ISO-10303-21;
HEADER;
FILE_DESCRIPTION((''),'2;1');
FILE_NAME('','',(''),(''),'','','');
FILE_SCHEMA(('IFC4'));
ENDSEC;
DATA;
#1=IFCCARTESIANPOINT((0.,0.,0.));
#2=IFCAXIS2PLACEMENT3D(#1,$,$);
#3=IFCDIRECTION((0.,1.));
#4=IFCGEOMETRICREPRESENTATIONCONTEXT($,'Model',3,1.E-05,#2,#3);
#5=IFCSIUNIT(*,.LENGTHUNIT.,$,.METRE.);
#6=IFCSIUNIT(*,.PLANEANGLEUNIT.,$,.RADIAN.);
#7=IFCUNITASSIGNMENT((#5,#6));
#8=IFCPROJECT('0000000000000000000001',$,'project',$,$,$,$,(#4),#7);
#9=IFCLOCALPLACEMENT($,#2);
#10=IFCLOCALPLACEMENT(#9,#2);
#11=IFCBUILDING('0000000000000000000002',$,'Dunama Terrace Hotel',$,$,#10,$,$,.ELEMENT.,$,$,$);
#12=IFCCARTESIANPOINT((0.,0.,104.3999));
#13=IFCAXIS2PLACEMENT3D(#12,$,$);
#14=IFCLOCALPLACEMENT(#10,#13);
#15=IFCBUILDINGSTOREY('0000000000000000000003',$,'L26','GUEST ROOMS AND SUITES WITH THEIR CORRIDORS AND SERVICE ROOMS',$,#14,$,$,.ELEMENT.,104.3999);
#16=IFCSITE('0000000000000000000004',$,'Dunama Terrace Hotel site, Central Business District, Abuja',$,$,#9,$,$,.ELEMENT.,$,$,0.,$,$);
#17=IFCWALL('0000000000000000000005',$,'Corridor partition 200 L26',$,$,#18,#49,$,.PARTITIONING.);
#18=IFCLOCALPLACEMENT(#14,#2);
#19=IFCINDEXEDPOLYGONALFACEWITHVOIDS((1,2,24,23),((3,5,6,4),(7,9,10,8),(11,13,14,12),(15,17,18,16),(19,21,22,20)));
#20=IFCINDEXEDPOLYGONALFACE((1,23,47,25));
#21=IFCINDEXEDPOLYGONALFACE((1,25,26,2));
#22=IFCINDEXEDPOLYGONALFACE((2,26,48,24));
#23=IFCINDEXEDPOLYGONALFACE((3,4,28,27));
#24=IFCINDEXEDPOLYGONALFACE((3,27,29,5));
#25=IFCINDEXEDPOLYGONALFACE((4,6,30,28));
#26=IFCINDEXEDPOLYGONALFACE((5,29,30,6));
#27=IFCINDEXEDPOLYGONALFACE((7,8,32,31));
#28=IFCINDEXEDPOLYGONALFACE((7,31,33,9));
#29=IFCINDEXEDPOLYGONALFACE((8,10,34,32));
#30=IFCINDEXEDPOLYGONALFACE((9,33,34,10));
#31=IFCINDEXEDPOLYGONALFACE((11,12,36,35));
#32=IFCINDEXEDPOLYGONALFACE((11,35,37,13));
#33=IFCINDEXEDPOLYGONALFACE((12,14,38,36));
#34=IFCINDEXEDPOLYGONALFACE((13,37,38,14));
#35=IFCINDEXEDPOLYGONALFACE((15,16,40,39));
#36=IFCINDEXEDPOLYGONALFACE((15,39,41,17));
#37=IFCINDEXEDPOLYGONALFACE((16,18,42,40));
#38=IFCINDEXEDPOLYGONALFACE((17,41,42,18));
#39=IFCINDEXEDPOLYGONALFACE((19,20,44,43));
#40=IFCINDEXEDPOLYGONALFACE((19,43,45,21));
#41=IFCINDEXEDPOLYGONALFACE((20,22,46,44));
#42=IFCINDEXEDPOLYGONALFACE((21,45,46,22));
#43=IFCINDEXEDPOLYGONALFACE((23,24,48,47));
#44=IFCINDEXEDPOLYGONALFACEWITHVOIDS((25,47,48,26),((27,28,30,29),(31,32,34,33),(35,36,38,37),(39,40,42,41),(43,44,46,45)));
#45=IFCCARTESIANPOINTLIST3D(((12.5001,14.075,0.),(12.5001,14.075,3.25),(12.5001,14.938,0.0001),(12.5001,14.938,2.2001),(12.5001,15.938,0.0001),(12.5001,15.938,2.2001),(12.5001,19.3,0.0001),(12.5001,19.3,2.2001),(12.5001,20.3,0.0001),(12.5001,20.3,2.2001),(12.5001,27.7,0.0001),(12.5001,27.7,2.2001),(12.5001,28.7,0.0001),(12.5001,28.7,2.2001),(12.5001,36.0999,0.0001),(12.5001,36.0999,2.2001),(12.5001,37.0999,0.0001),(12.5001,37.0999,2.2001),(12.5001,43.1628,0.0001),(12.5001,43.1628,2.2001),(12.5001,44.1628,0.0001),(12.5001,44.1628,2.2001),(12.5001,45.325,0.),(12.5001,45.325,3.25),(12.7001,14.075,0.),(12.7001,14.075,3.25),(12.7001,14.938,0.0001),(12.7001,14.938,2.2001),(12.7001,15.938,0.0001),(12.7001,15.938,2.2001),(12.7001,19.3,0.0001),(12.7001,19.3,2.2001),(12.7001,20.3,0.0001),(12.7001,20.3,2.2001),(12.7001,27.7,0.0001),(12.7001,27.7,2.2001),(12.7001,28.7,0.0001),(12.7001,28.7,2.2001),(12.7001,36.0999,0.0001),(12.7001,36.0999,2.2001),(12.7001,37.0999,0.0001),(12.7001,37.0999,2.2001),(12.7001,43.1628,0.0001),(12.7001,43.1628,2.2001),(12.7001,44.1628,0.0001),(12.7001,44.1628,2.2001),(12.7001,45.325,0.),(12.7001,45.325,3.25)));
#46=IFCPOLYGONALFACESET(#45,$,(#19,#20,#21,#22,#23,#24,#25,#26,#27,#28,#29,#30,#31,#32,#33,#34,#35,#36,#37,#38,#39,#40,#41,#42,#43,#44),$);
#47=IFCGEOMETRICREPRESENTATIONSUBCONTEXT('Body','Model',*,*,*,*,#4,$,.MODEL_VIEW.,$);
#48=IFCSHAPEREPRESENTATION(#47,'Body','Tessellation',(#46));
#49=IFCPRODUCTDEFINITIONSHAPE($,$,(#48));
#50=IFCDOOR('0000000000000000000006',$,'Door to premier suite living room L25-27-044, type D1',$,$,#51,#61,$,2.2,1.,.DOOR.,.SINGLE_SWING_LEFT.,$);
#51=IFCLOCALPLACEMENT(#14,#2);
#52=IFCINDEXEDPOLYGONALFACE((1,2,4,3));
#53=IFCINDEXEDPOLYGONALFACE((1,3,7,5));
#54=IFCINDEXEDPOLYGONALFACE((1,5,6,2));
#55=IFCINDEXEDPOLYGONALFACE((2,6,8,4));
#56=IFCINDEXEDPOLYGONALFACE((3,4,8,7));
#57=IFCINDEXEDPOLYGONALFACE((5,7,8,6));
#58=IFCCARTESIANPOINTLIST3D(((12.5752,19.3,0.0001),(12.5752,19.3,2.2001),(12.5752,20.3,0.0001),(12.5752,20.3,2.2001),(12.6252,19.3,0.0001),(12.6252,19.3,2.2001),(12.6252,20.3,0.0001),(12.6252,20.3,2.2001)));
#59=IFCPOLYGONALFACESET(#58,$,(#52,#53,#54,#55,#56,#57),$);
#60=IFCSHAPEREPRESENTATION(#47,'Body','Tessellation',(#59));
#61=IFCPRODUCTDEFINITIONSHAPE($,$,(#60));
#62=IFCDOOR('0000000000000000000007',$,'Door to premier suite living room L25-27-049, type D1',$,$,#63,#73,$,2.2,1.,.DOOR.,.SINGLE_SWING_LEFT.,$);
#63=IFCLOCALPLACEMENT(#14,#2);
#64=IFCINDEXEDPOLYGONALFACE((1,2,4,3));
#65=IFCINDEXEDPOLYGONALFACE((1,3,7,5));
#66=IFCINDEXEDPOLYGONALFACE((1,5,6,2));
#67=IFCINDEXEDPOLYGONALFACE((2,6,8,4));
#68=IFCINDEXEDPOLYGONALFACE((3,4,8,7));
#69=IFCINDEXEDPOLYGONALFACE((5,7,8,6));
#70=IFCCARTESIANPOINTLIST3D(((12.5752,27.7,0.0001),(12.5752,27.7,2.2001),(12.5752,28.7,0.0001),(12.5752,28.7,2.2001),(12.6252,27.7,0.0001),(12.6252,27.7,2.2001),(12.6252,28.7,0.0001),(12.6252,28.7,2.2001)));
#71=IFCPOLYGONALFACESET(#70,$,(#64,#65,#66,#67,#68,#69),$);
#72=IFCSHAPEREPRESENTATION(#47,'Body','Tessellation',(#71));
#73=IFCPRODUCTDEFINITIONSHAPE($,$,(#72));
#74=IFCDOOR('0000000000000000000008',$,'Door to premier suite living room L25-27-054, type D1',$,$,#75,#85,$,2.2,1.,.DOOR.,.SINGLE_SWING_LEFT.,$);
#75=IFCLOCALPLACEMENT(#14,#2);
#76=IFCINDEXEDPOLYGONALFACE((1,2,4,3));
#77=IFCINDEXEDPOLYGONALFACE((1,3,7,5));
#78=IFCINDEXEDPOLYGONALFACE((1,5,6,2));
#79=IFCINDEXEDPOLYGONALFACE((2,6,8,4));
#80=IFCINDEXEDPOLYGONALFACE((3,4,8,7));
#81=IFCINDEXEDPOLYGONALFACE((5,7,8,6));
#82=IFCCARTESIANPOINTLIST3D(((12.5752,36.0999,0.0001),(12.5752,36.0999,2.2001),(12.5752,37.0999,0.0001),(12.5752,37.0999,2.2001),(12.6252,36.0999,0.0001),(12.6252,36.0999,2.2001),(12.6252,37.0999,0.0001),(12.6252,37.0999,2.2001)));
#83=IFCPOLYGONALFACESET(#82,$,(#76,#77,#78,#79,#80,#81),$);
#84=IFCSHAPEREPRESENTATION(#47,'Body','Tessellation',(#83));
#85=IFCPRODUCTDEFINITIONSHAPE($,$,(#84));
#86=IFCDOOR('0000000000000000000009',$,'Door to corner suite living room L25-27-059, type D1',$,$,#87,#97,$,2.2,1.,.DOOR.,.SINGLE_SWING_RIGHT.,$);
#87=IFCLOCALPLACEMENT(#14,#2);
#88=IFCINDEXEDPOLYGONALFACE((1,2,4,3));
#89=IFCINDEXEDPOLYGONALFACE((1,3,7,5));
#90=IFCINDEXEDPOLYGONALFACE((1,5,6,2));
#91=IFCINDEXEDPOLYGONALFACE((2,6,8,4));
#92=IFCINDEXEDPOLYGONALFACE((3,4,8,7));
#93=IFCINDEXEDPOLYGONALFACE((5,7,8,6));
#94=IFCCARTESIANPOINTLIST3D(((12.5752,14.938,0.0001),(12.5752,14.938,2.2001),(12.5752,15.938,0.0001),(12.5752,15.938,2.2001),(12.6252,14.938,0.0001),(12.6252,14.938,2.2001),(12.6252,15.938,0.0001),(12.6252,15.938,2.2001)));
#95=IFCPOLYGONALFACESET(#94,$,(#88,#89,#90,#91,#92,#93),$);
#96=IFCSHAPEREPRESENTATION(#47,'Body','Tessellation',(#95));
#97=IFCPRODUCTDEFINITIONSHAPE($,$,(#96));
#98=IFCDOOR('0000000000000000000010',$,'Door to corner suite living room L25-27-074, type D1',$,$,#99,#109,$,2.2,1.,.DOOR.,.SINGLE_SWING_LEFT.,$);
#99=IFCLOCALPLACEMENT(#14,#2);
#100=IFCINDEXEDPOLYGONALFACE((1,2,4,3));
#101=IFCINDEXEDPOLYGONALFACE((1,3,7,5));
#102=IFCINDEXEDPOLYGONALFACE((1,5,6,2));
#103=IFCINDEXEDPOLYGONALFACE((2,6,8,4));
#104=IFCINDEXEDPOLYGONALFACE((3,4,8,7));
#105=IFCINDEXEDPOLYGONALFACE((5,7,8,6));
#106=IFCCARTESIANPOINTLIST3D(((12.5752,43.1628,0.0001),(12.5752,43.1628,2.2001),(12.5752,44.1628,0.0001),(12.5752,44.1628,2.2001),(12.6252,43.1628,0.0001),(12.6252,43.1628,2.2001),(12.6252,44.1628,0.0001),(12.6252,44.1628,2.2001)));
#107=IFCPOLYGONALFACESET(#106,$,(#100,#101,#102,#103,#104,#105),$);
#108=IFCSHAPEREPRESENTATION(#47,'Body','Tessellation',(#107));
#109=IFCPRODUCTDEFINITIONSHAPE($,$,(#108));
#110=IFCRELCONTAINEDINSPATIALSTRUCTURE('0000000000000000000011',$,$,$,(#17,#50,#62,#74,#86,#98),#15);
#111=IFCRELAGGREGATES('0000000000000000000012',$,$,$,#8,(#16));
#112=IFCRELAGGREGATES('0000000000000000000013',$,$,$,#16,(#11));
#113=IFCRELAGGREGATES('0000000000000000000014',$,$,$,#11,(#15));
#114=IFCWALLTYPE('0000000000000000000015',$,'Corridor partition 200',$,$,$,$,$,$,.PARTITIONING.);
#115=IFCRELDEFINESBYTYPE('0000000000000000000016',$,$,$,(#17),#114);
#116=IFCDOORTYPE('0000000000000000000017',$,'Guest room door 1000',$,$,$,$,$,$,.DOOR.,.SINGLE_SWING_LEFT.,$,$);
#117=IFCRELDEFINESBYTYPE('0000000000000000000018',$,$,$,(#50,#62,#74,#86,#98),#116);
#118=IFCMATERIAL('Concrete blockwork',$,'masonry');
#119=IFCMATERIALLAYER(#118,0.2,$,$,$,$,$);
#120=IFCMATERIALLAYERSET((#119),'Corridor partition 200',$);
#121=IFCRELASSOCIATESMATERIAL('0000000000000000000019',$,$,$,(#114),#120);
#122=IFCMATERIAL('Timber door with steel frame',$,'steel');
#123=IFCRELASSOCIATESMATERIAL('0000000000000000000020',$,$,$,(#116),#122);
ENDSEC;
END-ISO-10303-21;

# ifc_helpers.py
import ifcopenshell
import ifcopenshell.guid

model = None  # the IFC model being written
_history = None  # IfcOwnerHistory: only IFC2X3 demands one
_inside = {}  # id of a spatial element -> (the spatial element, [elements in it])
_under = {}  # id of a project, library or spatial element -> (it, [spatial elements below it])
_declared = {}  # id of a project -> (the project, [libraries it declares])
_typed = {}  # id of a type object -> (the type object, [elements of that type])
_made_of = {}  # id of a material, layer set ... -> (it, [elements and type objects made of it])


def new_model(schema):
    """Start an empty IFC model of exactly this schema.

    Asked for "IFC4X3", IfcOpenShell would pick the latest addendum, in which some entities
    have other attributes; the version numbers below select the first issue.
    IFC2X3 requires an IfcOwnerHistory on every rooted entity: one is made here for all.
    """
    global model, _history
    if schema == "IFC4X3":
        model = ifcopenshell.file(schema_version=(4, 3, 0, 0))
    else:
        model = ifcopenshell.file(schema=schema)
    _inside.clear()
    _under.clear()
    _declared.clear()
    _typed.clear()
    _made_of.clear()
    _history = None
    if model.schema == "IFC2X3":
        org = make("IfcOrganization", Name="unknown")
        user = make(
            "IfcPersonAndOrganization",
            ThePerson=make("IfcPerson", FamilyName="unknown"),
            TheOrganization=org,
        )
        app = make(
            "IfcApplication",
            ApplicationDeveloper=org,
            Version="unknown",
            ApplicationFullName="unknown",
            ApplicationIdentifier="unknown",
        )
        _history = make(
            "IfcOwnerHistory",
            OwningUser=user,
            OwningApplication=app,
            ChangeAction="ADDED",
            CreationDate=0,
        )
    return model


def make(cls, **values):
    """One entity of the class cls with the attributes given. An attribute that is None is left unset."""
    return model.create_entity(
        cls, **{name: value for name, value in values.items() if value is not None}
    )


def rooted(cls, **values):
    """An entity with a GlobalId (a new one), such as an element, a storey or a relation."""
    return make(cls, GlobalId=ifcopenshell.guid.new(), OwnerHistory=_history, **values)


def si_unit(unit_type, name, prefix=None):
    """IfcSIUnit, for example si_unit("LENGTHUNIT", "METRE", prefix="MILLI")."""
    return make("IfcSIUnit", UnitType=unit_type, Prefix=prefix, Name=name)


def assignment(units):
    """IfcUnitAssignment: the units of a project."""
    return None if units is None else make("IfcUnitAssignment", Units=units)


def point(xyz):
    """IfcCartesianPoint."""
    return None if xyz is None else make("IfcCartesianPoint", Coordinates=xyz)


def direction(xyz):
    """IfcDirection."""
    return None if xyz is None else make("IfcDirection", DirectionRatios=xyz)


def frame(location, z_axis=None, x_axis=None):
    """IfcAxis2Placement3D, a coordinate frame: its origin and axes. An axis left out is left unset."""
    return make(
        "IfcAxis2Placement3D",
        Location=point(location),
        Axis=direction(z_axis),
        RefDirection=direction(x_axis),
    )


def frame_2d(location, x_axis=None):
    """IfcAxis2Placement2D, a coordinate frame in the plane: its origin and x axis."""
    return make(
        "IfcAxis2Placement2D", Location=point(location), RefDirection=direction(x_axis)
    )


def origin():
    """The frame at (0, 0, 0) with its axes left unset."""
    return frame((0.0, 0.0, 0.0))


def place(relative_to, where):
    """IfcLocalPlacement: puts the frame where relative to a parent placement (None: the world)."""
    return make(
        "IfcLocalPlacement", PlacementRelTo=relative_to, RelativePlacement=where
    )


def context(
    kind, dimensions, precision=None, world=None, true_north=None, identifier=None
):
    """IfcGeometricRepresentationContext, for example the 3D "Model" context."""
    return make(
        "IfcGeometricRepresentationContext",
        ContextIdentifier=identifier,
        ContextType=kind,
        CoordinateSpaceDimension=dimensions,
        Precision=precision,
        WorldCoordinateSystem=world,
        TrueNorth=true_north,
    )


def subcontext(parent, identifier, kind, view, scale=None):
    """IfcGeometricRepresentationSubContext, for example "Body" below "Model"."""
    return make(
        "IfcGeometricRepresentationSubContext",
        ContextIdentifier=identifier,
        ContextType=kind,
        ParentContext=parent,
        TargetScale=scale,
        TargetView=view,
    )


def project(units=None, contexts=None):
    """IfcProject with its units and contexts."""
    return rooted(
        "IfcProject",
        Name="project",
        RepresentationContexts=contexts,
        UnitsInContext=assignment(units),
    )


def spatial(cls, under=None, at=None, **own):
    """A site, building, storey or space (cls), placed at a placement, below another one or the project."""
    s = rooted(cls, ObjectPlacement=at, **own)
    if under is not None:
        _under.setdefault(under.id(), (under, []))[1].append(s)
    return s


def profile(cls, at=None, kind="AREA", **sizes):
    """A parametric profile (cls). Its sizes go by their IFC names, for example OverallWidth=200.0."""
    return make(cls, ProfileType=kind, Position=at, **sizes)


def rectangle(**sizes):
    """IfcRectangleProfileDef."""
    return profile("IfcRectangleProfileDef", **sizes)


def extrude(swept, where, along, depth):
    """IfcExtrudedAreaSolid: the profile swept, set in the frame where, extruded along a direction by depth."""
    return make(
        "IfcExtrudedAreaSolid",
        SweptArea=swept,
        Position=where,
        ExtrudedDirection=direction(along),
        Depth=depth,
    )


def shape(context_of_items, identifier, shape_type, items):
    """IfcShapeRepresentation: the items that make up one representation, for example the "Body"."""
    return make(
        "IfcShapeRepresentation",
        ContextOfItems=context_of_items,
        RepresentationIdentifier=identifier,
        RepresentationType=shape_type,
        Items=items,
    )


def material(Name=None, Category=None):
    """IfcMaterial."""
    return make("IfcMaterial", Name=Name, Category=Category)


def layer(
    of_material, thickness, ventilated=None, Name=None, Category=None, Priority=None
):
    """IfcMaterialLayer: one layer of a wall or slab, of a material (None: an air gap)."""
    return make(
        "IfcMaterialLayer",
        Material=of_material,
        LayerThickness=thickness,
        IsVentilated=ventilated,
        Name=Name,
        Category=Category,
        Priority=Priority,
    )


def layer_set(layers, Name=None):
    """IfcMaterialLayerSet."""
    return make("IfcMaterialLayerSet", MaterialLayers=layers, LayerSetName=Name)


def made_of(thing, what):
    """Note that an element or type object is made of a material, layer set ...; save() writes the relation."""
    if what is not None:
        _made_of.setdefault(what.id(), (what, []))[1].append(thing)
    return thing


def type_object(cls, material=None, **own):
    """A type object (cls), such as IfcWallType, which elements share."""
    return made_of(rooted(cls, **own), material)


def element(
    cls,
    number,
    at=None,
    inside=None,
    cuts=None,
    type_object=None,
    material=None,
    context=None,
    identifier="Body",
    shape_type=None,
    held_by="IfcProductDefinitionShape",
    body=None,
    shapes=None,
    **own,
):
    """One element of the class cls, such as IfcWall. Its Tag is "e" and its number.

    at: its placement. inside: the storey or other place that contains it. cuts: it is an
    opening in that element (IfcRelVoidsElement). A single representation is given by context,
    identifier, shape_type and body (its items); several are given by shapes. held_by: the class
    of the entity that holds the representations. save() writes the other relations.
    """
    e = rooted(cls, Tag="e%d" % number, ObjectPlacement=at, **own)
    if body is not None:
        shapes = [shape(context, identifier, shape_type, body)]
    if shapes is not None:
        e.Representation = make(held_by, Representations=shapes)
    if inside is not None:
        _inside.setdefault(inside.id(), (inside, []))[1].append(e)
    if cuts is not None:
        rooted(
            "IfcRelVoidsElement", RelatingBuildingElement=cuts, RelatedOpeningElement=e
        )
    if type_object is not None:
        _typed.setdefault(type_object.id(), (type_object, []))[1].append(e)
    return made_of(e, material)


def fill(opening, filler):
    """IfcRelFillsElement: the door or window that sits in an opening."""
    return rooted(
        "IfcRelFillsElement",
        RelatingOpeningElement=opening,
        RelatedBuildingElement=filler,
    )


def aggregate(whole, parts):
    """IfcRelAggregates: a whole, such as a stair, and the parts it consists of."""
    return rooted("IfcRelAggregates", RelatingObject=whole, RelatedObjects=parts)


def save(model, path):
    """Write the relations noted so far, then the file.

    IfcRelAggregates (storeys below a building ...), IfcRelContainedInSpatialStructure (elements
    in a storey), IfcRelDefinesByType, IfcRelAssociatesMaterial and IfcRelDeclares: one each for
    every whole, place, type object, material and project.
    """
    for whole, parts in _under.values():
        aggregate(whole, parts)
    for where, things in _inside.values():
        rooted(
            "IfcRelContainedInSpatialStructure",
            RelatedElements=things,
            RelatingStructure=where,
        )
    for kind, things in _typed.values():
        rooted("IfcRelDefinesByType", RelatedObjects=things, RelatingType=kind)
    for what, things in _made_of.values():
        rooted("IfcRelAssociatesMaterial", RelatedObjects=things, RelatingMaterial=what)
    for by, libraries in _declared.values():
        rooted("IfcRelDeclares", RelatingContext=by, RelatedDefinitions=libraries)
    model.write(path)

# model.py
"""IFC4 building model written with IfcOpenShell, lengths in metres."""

from ifc_helpers import new_model, si_unit, direction, frame, frame_2d, origin, place, context, subcontext, project, spatial, rectangle, extrude, material, layer, layer_set, type_object, element, fill, save


model = new_model("IFC4")

# Units and contexts
model_context = context("Model", 3, precision=1e-05, world=origin(), true_north=direction((0.0, 1.0)))
body_context = subcontext(model_context, "Body", "Model", "MODEL_VIEW")
ifc_project = project(units=[si_unit("LENGTHUNIT", "METRE"), si_unit("PLANEANGLEUNIT", "RADIAN")], contexts=[model_context])

# Site, building, storey
site_placement = place(None, origin())
site = spatial("IfcSite", under=ifc_project, at=site_placement, Name="Dunama Terrace Hotel site, Central Business District, Abuja", CompositionType="ELEMENT", RefElevation=0.0)
building_placement = place(site_placement, origin())
building = spatial("IfcBuilding", under=site, at=building_placement, Name="Dunama Terrace Hotel", CompositionType="ELEMENT")
storey_placement = place(building_placement, frame((0.0, 0.0, 104.3999)))
storey = spatial("IfcBuildingStorey", under=building, at=storey_placement, Name="L26", Description="GUEST ROOMS AND SUITES WITH THEIR CORRIDORS AND SERVICE ROOMS", CompositionType="ELEMENT", Elevation=104.3999)

# Wall, openings, doors
ifc_material_1 = material(Name="Concrete blockwork", Category="masonry")
ifc_layer_1 = layer(ifc_material_1, 0.2)
ifc_layer_set_1 = layer_set([ifc_layer_1], Name="Corridor partition 200")
wall_type_1 = type_object("IfcWallType", Name="Corridor partition 200", PredefinedType="PARTITIONING", material=ifc_layer_set_1)
wall_1_placement = place(storey_placement, frame((12.6001, 14.075, 0.0), z_axis=(0.0, 0.0, 1.0), x_axis=(0.0, 1.0, 0.0)))
wall_1 = element("IfcWall", 1, at=wall_1_placement, inside=storey, type_object=wall_type_1, Name="Corridor partition 200 L26", PredefinedType="PARTITIONING", context=body_context, shape_type="SweptSolid", body=[
    extrude(rectangle(XDim=31.25, YDim=0.2, at=frame_2d((15.625, 0.0))), origin(), (0.0, 0.0, 1.0), 3.25),
])
opening_1_placement = place(wall_1_placement, frame((5.2251, 0.0, 0.0)))
opening_1 = element("IfcOpeningElement", 2, at=opening_1_placement, cuts=wall_1, PredefinedType="OPENING", context=body_context, shape_type="SweptSolid", body=[
    extrude(rectangle(XDim=1.0, YDim=2.2, at=frame_2d((0.5, 1.1001))), frame((0.0, 0.1099, 0.0), z_axis=(0.0, -1.0, 0.0), x_axis=(1.0, 0.0, 0.0)), (0.0, 0.0, 1.0), 0.22),
])
opening_2_placement = place(wall_1_placement, frame((13.625, 0.0, 0.0)))
opening_2 = element("IfcOpeningElement", 3, at=opening_2_placement, cuts=wall_1, PredefinedType="OPENING", context=body_context, shape_type="SweptSolid", body=[
    extrude(rectangle(XDim=1.0, YDim=2.2, at=frame_2d((0.5, 1.1001))), frame((0.0, 0.1099, 0.0), z_axis=(0.0, -1.0, 0.0), x_axis=(1.0, 0.0, 0.0)), (0.0, 0.0, 1.0), 0.22),
])
opening_3_placement = place(wall_1_placement, frame((22.0249, 0.0, 0.0)))
opening_3 = element("IfcOpeningElement", 4, at=opening_3_placement, cuts=wall_1, PredefinedType="OPENING", context=body_context, shape_type="SweptSolid", body=[
    extrude(rectangle(XDim=1.0, YDim=2.2, at=frame_2d((0.5, 1.1001))), frame((0.0, 0.1099, 0.0), z_axis=(0.0, -1.0, 0.0), x_axis=(1.0, 0.0, 0.0)), (0.0, 0.0, 1.0), 0.22),
])
opening_4_placement = place(wall_1_placement, frame((0.863, 0.0, 0.0)))
opening_4 = element("IfcOpeningElement", 5, at=opening_4_placement, cuts=wall_1, PredefinedType="OPENING", context=body_context, shape_type="SweptSolid", body=[
    extrude(rectangle(XDim=1.0, YDim=2.2, at=frame_2d((0.5, 1.1001))), frame((0.0, 0.1099, 0.0), z_axis=(0.0, -1.0, 0.0), x_axis=(1.0, 0.0, 0.0)), (0.0, 0.0, 1.0), 0.22),
])
opening_5_placement = place(wall_1_placement, frame((29.0879, 0.0, 0.0)))
opening_5 = element("IfcOpeningElement", 6, at=opening_5_placement, cuts=wall_1, PredefinedType="OPENING", context=body_context, shape_type="SweptSolid", body=[
    extrude(rectangle(XDim=1.0, YDim=2.2, at=frame_2d((0.5, 1.1001))), frame((0.0, 0.1099, 0.0), z_axis=(0.0, -1.0, 0.0), x_axis=(1.0, 0.0, 0.0)), (0.0, 0.0, 1.0), 0.22),
])
ifc_material_2 = material(Name="Timber door with steel frame", Category="steel")
door_type_1 = type_object("IfcDoorType", Name="Guest room door 1000", OperationType="SINGLE_SWING_LEFT", PredefinedType="DOOR", material=ifc_material_2)
door_1_placement = place(opening_1_placement, origin())
door_1 = element("IfcDoor", 7, at=door_1_placement, inside=storey, type_object=door_type_1, Name="Door to premier suite living room L25-27-044, type D1", OperationType="SINGLE_SWING_LEFT", OverallHeight=2.2, OverallWidth=1.0, PredefinedType="DOOR", context=body_context, shape_type="SweptSolid", body=[
    extrude(rectangle(XDim=1.0, YDim=2.2, at=frame_2d((0.5, 1.1001))), frame((0.0, 0.0249, 0.0), z_axis=(0.0, -1.0, 0.0), x_axis=(1.0, 0.0, 0.0)), (0.0, 0.0, 1.0), 0.05),
])
fill(opening_1, door_1)
door_2_placement = place(opening_2_placement, origin())
door_2 = element("IfcDoor", 8, at=door_2_placement, inside=storey, type_object=door_type_1, Name="Door to premier suite living room L25-27-049, type D1", OperationType="SINGLE_SWING_LEFT", OverallHeight=2.2, OverallWidth=1.0, PredefinedType="DOOR", context=body_context, shape_type="SweptSolid", body=[
    extrude(rectangle(XDim=1.0, YDim=2.2, at=frame_2d((0.5, 1.1001))), frame((0.0, 0.0249, 0.0), z_axis=(0.0, -1.0, 0.0), x_axis=(1.0, 0.0, 0.0)), (0.0, 0.0, 1.0), 0.05),
])
fill(opening_2, door_2)
door_3_placement = place(opening_3_placement, origin())
door_3 = element("IfcDoor", 9, at=door_3_placement, inside=storey, type_object=door_type_1, Name="Door to premier suite living room L25-27-054, type D1", OperationType="SINGLE_SWING_LEFT", OverallHeight=2.2, OverallWidth=1.0, PredefinedType="DOOR", context=body_context, shape_type="SweptSolid", body=[
    extrude(rectangle(XDim=1.0, YDim=2.2, at=frame_2d((0.5, 1.1001))), frame((0.0, 0.0249, 0.0), z_axis=(0.0, -1.0, 0.0), x_axis=(1.0, 0.0, 0.0)), (0.0, 0.0, 1.0), 0.05),
])
fill(opening_3, door_3)
door_4_placement = place(opening_4_placement, origin())
door_4 = element("IfcDoor", 10, at=door_4_placement, inside=storey, type_object=door_type_1, Name="Door to corner suite living room L25-27-059, type D1", OperationType="SINGLE_SWING_RIGHT", OverallHeight=2.2, OverallWidth=1.0, PredefinedType="DOOR", context=body_context, shape_type="SweptSolid", body=[
    extrude(rectangle(XDim=1.0, YDim=2.2, at=frame_2d((0.5, 1.1001))), frame((0.0, 0.0249, 0.0), z_axis=(0.0, -1.0, 0.0), x_axis=(1.0, 0.0, 0.0)), (0.0, 0.0, 1.0), 0.05),
])
fill(opening_4, door_4)
door_5_placement = place(opening_5_placement, origin())
door_5 = element("IfcDoor", 11, at=door_5_placement, inside=storey, type_object=door_type_1, Name="Door to corner suite living room L25-27-074, type D1", OperationType="SINGLE_SWING_LEFT", OverallHeight=2.2, OverallWidth=1.0, PredefinedType="DOOR", context=body_context, shape_type="SweptSolid", body=[
    extrude(rectangle(XDim=1.0, YDim=2.2, at=frame_2d((0.5, 1.1001))), frame((0.0, 0.0249, 0.0), z_axis=(0.0, -1.0, 0.0), x_axis=(1.0, 0.0, 0.0)), (0.0, 0.0, 1.0), 0.05),
])
fill(opening_5, door_5)

save(model, "model.ifc")
